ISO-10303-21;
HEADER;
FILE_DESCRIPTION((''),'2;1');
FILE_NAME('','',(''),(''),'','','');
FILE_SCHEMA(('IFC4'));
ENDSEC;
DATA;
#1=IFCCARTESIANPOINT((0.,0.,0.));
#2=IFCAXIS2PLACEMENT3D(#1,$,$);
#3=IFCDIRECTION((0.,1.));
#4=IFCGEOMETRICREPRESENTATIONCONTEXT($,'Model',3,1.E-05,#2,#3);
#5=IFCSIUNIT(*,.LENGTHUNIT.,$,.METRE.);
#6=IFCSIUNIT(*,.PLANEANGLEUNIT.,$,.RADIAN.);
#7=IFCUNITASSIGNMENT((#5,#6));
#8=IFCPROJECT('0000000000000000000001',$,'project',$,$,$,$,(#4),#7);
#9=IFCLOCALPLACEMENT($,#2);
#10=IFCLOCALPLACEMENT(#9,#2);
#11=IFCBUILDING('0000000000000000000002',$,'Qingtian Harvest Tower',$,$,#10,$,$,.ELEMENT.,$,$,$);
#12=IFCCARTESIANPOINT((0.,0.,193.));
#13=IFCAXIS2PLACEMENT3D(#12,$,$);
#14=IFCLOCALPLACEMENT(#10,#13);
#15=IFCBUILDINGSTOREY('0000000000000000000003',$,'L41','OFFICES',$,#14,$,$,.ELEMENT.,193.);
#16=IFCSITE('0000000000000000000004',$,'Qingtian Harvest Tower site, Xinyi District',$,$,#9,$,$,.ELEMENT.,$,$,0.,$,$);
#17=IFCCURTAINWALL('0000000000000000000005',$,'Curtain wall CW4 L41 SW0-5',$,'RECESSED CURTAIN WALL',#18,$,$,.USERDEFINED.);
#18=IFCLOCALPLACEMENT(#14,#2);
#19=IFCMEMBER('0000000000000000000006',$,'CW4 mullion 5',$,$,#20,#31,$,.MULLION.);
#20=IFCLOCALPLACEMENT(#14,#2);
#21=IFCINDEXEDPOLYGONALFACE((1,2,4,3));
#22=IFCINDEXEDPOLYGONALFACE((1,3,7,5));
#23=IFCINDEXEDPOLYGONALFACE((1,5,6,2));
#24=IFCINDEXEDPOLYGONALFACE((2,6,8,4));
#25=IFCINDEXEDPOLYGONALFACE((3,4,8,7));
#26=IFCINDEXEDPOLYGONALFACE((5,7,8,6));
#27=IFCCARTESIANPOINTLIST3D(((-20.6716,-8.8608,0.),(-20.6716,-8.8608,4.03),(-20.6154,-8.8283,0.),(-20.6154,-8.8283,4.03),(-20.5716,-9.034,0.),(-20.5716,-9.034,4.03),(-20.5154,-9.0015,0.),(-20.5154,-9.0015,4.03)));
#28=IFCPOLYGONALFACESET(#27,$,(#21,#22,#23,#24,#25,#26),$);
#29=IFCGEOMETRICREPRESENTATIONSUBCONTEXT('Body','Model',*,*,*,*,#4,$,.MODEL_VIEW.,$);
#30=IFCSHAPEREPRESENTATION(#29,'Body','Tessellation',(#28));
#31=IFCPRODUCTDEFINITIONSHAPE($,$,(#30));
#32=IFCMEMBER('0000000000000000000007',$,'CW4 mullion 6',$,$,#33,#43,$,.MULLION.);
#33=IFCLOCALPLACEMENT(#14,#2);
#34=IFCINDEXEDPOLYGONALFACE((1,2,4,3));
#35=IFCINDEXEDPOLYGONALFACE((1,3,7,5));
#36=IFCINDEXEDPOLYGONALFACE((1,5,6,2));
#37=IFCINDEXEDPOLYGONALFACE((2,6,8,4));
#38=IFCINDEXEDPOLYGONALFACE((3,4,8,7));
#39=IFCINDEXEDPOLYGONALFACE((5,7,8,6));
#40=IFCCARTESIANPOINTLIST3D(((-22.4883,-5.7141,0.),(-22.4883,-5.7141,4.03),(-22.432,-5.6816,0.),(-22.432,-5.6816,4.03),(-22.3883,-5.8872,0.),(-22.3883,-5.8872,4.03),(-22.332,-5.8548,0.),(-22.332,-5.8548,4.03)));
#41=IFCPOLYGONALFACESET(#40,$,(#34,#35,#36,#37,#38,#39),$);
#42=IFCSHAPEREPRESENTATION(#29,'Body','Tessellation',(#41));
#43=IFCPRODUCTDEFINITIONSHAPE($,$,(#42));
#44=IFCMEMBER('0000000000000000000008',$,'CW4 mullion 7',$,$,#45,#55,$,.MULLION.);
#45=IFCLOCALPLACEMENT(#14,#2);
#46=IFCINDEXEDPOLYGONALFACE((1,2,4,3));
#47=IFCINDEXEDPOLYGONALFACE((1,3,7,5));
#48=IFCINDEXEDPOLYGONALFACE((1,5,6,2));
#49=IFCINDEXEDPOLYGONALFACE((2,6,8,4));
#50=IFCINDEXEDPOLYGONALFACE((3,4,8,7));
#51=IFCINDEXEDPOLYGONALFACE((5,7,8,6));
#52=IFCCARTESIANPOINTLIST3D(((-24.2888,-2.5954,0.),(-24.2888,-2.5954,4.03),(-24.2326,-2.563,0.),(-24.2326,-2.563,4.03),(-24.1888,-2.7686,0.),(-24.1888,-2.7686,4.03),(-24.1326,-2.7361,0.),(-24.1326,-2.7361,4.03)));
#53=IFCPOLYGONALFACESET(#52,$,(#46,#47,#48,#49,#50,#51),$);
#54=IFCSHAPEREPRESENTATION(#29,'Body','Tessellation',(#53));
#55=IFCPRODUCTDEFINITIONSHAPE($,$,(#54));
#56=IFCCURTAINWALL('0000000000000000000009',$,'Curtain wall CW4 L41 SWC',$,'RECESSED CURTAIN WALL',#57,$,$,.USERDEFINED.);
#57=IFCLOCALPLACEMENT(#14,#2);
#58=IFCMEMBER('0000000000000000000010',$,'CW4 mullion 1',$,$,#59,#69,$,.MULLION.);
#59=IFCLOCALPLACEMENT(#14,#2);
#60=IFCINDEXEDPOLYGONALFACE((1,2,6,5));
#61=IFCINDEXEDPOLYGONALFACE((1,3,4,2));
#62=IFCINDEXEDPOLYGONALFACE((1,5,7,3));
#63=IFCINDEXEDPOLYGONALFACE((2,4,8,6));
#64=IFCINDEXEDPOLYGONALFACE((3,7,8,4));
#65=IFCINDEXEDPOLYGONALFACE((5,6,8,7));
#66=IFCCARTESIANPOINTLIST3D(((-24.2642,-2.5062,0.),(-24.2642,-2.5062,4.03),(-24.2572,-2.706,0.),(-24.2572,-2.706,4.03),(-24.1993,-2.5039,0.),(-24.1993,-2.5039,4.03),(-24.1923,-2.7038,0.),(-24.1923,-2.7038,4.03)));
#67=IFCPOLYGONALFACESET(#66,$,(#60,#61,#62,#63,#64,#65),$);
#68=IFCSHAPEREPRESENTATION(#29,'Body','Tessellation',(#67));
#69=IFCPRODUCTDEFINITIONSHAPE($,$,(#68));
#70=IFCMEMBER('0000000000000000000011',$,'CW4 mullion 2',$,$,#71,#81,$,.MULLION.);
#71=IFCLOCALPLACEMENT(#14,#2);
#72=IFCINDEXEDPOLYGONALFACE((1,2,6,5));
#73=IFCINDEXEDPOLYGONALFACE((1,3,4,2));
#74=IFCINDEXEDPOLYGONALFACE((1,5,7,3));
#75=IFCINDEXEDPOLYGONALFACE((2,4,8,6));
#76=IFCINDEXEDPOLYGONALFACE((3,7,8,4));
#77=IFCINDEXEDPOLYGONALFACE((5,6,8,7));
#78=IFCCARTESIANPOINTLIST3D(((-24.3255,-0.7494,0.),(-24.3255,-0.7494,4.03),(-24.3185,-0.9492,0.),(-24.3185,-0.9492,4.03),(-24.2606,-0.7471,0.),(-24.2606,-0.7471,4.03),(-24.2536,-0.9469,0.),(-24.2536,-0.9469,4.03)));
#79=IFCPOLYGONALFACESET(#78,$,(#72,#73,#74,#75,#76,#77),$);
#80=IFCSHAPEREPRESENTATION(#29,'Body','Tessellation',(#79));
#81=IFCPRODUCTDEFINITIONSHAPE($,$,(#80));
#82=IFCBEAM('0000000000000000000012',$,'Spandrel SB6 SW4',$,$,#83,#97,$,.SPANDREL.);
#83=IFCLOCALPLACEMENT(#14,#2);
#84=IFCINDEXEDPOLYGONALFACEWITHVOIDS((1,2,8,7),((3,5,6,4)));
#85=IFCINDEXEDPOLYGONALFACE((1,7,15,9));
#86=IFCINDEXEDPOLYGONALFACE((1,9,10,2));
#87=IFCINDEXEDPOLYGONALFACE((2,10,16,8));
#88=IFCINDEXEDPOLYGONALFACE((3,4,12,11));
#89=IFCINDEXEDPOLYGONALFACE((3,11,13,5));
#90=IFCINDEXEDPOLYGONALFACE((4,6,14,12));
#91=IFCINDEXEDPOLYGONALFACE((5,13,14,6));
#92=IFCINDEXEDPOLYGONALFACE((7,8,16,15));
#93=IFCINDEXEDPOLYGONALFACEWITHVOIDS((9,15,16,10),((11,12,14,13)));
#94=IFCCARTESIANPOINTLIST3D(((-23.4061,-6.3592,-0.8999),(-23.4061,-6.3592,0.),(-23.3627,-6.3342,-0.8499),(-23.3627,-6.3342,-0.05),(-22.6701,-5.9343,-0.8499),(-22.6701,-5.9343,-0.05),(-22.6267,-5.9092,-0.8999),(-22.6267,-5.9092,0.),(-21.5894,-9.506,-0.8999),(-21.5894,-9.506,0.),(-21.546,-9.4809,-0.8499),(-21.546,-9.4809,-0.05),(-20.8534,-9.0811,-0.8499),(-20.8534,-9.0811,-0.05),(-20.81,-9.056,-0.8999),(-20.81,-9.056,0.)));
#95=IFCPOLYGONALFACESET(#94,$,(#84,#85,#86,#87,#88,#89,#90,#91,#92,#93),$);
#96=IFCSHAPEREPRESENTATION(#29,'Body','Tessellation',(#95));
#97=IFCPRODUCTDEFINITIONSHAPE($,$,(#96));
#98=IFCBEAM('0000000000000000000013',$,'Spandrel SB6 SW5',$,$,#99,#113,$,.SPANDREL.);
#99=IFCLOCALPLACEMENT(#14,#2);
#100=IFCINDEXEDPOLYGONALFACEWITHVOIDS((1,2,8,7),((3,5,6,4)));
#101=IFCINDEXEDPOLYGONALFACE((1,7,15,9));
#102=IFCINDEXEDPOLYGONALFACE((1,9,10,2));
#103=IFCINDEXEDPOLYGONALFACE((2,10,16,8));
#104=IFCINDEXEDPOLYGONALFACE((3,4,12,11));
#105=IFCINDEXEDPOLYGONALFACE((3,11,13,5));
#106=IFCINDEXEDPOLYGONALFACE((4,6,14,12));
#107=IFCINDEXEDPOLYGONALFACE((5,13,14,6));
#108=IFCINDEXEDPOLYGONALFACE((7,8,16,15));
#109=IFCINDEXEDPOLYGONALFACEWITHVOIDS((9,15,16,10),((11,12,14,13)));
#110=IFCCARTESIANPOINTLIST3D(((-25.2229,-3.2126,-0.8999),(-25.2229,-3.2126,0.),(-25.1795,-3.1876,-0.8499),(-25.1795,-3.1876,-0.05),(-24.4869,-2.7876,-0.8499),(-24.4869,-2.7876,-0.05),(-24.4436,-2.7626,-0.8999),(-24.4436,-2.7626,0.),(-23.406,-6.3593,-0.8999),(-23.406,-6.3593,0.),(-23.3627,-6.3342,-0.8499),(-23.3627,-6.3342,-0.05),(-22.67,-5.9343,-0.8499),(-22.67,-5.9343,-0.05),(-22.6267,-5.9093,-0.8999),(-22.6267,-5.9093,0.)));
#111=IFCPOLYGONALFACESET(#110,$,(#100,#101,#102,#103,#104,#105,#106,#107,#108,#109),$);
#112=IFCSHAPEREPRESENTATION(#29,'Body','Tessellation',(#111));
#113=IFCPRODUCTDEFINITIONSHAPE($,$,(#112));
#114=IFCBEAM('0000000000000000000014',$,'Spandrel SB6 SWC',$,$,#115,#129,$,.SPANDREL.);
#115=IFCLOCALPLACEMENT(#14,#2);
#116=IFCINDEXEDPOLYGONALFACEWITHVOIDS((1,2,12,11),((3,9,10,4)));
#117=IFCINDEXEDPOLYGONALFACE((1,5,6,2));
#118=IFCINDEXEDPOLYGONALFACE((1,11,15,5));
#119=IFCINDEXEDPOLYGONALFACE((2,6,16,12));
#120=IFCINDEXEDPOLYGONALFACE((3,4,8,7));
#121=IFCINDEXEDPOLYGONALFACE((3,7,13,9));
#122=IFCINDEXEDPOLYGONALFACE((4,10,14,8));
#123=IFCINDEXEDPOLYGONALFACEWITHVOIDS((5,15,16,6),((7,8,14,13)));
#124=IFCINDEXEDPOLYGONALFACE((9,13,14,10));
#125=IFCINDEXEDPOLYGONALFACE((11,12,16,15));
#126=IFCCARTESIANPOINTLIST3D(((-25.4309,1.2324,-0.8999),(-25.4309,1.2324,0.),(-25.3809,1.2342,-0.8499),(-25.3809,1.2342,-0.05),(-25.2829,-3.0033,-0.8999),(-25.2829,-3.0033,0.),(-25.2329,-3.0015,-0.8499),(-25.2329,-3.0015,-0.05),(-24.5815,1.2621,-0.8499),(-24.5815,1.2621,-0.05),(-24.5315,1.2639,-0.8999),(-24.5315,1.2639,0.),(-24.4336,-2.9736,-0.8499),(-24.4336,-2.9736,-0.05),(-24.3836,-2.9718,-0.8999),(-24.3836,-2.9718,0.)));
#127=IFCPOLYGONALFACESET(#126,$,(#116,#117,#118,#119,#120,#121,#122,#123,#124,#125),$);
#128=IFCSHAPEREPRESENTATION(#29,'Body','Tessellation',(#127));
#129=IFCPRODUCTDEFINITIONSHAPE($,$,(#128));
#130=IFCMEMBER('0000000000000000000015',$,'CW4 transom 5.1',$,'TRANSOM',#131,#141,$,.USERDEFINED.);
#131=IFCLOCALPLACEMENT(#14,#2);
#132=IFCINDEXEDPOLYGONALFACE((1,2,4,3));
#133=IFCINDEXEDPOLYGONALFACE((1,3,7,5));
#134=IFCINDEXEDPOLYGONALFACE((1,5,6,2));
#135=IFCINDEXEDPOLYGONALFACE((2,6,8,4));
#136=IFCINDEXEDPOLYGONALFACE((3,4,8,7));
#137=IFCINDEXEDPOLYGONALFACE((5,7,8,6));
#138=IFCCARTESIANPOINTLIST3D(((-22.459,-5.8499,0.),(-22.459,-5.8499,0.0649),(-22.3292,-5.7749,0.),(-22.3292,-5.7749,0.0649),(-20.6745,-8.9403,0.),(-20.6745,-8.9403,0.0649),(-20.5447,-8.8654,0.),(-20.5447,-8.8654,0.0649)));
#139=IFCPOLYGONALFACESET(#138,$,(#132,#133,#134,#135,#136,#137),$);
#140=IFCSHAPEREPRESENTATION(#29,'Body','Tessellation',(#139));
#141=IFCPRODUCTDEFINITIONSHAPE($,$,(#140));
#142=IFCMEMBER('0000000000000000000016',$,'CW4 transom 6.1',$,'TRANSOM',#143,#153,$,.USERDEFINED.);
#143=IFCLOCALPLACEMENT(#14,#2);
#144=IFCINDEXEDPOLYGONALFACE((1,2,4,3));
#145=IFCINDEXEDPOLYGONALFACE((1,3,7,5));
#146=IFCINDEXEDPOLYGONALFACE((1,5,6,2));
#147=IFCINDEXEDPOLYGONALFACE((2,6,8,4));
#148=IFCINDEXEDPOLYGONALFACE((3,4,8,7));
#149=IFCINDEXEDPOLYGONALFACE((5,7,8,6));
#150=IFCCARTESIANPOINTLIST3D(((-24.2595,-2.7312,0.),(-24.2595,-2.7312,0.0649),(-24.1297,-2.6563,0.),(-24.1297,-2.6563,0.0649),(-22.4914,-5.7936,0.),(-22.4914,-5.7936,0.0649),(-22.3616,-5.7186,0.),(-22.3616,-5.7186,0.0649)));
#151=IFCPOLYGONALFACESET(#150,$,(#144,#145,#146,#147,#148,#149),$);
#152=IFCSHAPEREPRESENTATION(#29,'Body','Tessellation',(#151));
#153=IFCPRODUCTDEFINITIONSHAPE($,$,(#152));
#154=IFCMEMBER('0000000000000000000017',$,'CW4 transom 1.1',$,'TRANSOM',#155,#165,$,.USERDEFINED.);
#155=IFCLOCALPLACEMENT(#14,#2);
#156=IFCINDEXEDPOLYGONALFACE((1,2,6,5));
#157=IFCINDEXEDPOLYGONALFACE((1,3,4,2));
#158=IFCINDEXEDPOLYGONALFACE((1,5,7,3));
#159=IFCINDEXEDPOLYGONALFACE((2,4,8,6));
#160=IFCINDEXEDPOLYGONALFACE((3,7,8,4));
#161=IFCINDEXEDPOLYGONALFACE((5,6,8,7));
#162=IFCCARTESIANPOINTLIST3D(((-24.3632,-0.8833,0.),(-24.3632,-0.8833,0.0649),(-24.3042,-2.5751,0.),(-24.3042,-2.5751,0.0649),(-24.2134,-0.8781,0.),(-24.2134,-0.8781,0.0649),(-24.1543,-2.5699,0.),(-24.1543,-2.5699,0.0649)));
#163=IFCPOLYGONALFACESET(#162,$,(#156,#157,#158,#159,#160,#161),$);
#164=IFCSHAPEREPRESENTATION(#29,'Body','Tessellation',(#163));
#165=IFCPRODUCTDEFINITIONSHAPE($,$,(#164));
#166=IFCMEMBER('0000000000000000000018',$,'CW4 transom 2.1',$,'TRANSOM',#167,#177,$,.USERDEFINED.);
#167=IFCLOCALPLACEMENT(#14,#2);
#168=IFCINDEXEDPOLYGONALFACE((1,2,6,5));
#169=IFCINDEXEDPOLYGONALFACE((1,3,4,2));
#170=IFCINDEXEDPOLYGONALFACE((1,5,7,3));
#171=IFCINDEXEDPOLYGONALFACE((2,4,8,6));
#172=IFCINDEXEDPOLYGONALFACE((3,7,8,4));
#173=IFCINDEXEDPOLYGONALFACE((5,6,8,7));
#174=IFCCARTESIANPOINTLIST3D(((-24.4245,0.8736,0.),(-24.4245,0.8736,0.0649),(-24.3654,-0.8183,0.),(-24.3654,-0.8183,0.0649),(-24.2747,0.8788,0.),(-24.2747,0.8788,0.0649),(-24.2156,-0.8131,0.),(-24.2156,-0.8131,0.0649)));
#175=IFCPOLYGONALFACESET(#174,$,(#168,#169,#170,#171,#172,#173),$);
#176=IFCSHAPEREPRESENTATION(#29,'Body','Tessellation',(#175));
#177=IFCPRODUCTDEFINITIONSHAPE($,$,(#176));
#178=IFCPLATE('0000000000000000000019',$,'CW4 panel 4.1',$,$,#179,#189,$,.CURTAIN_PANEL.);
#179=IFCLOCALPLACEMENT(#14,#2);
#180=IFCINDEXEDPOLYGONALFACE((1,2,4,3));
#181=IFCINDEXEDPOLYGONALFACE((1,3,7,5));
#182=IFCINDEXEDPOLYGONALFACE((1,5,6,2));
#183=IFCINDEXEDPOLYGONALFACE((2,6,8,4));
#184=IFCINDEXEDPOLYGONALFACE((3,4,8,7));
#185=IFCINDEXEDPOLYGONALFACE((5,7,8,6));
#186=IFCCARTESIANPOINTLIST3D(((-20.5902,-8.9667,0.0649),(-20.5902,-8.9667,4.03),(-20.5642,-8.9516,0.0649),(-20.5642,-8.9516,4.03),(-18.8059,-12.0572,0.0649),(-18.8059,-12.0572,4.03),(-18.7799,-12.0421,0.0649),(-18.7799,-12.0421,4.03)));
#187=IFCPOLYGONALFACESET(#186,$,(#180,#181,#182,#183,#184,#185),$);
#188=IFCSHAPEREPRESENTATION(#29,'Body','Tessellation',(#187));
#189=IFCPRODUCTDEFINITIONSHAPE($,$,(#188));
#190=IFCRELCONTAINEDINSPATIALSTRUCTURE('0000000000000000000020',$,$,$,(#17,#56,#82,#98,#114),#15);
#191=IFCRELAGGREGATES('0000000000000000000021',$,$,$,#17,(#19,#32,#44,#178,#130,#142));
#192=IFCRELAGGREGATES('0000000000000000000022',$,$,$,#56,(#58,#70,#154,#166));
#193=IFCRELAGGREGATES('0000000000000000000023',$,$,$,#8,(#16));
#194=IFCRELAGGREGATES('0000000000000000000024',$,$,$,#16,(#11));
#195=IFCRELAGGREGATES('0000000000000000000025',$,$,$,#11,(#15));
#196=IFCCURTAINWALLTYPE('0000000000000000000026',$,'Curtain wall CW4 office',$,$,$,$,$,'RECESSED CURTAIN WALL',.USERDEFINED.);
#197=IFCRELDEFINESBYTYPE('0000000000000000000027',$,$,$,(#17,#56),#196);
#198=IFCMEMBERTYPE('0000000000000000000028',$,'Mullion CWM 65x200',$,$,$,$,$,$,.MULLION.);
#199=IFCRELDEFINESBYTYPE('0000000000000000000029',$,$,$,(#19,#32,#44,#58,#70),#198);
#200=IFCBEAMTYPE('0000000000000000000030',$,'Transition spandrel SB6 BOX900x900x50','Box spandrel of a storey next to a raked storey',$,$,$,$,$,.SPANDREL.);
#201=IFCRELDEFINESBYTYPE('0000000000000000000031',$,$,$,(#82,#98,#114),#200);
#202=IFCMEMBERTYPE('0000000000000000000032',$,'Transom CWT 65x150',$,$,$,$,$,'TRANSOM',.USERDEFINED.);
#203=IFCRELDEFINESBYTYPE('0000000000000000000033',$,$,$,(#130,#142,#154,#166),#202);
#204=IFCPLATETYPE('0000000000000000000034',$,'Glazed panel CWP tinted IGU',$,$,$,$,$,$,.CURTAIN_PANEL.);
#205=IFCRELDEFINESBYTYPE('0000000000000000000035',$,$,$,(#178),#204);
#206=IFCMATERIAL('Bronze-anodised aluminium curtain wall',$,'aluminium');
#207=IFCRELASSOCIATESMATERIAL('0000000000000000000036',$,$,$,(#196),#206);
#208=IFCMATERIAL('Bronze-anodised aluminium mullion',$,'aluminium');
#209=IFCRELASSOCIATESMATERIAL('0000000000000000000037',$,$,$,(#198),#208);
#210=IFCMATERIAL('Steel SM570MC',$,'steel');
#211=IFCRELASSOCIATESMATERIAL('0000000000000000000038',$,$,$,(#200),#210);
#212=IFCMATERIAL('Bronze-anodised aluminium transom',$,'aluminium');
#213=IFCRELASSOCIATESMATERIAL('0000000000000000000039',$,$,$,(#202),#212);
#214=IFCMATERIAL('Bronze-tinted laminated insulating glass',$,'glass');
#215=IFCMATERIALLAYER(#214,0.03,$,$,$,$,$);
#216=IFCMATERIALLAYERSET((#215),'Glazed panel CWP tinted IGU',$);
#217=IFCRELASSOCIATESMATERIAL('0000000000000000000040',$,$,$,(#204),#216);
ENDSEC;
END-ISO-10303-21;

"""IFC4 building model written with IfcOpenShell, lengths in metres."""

from ifc_helpers import new_model, si_unit, direction, frame, origin, origin_2d, place, context, subcontext, project, spatial, rectangle, hollow_rectangle, extrude, material, layer, layer_set, material_profile, profile_set, type_object, element, aggregate, save


model = new_model("IFC4")

# Units and contexts
model_context = context("Model", 3, precision=1e-05, world=origin(), true_north=direction((0.0, 1.0)))
body_context = subcontext(model_context, "Body", "Model", "MODEL_VIEW")
ifc_project = project(units=[si_unit("LENGTHUNIT", "METRE"), si_unit("PLANEANGLEUNIT", "RADIAN")], contexts=[model_context])

# Site, building, storey
site_placement = place(None, origin())
site = spatial("IfcSite", under=ifc_project, at=site_placement, Name="Qingtian Harvest Tower site, Xinyi District", CompositionType="ELEMENT", RefElevation=0.0)
building_placement = place(site_placement, origin())
building = spatial("IfcBuilding", under=site, at=building_placement, Name="Qingtian Harvest Tower", CompositionType="ELEMENT")
storey_placement = place(building_placement, frame((0.0, 0.0, 193.0)))
storey = spatial("IfcBuildingStorey", under=building, at=storey_placement, Name="L41", Description="OFFICES", CompositionType="ELEMENT", Elevation=193.0)

# Curtain walls, members
ifc_material_1 = material(Name="Bronze-anodised aluminium curtain wall", Category="aluminium")
curtain_wall_type = type_object("IfcCurtainWallType", Name="Curtain wall CW4 office", ElementType="RECESSED CURTAIN WALL", PredefinedType="USERDEFINED", material=ifc_material_1)
curtain_wall_1_placement = place(storey_placement, origin())
curtain_wall_1 = element("IfcCurtainWall", 1, at=curtain_wall_1_placement, inside=storey, type_object=curtain_wall_type, Name="Curtain wall CW4 L41 SW0-5", ObjectType="RECESSED CURTAIN WALL", PredefinedType="USERDEFINED")
ifc_material_2 = material(Name="Bronze-anodised aluminium mullion", Category="aluminium")
ifc_material_profile_1 = material_profile(ifc_material_2, rectangle(XDim=0.0649, YDim=0.2, at=origin_2d()), Name="AL 65x200")
ifc_profile_set_1 = profile_set([ifc_material_profile_1], Name="Bronze-anodised aluminium mullion")
member_type_1 = type_object("IfcMemberType", Name="Mullion CWM 65x200", PredefinedType="MULLION", material=ifc_profile_set_1)
member_1_placement = place(storey_placement, frame((-20.5935, -8.9312, 0.0), z_axis=(0.0, 0.0, 1.0), x_axis=(-0.866025, -0.5, 0.0)))
member_1 = element("IfcMember", 2, at=member_1_placement, type_object=member_type_1, Name="CW4 mullion 5", PredefinedType="MULLION", context=body_context, shape_type="SweptSolid", body=[
    extrude(rectangle(XDim=0.0649, YDim=0.2, at=origin_2d()), origin(), (0.0, 0.0, 1.0), 4.03),
])
member_2_placement = place(storey_placement, frame((-22.4102, -5.7844, 0.0), z_axis=(0.0, 0.0, 1.0), x_axis=(-0.866025, -0.5, 0.0)))
member_2 = element("IfcMember", 3, at=member_2_placement, type_object=member_type_1, Name="CW4 mullion 6", PredefinedType="MULLION", context=body_context, shape_type="SweptSolid", body=[
    extrude(rectangle(XDim=0.0649, YDim=0.2, at=origin_2d()), origin(), (0.0, 0.0, 1.0), 4.03),
])
member_3_placement = place(storey_placement, frame((-24.2107, -2.6658, 0.0), z_axis=(0.0, 0.0, 1.0), x_axis=(-0.866025, -0.5, 0.0)))
member_3 = element("IfcMember", 4, at=member_3_placement, type_object=member_type_1, Name="CW4 mullion 7", PredefinedType="MULLION", context=body_context, shape_type="SweptSolid", body=[
    extrude(rectangle(XDim=0.0649, YDim=0.2, at=origin_2d()), origin(), (0.0, 0.0, 1.0), 4.03),
])
curtain_wall_2_placement = place(storey_placement, origin())
curtain_wall_2 = element("IfcCurtainWall", 5, at=curtain_wall_2_placement, inside=storey, type_object=curtain_wall_type, Name="Curtain wall CW4 L41 SWC", ObjectType="RECESSED CURTAIN WALL", PredefinedType="USERDEFINED")
member_4_placement = place(storey_placement, frame((-24.2283, -2.605, 0.0), z_axis=(0.0, 0.0, 1.0), x_axis=(-0.999391, -0.034899, 0.0)))
member_4 = element("IfcMember", 6, at=member_4_placement, type_object=member_type_1, Name="CW4 mullion 1", PredefinedType="MULLION", context=body_context, shape_type="SweptSolid", body=[
    extrude(rectangle(XDim=0.0649, YDim=0.2, at=origin_2d()), origin(), (0.0, 0.0, 1.0), 4.03),
])
member_5_placement = place(storey_placement, frame((-24.2896, -0.8481, 0.0), z_axis=(0.0, 0.0, 1.0), x_axis=(-0.999391, -0.034899, 0.0)))
member_5 = element("IfcMember", 7, at=member_5_placement, type_object=member_type_1, Name="CW4 mullion 2", PredefinedType="MULLION", context=body_context, shape_type="SweptSolid", body=[
    extrude(rectangle(XDim=0.0649, YDim=0.2, at=origin_2d()), origin(), (0.0, 0.0, 1.0), 4.03),
])

# Beams
ifc_material_3 = material(Name="Steel SM570MC", Category="steel")
ifc_material_profile_2 = material_profile(ifc_material_3, hollow_rectangle(XDim=0.8999, YDim=0.8999, WallThickness=0.05, at=origin_2d()), Name="BOX900x900x50")
ifc_profile_set_2 = profile_set([ifc_material_profile_2], Name="Steel SM570MC")
beam_type_1 = type_object("IfcBeamType", Name="Transition spandrel SB6 BOX900x900x50", Description="Box spandrel of a storey next to a raked storey", PredefinedType="SPANDREL", material=ifc_profile_set_2)
for number, where, z_axis, x_axis, name in (
    (8, (-21.1997, -9.281, -0.45), (-0.499976, 0.866039, 0.0), (-0.866039, -0.499976, 0.0), "Spandrel SB6 SW4"),
    (9, (-23.0164, -6.1343, -0.45), (-0.500027, 0.86601, 0.0), (-0.86601, -0.500027, 0.0), "Spandrel SB6 SW5"),
):
    element("IfcBeam", number, at=place(storey_placement, frame(where, z_axis=z_axis, x_axis=x_axis)), inside=storey, type_object=beam_type_1, Name=name, PredefinedType="SPANDREL", context=body_context, shape_type="SweptSolid", body=[
        extrude(hollow_rectangle(XDim=0.8999, YDim=0.8999, WallThickness=0.05, at=origin_2d()), origin(), (0.0, 0.0, 1.0), 3.6335),
    ])
beam_1_placement = place(storey_placement, frame((-24.8333, -2.9875, -0.45), z_axis=(-0.034909, 0.999391, 0.0), x_axis=(-0.999391, -0.034909, 0.0)))
element("IfcBeam", 10, at=beam_1_placement, inside=storey, type_object=beam_type_1, Name="Spandrel SB6 SWC", PredefinedType="SPANDREL", context=body_context, shape_type="SweptSolid", body=[
    extrude(hollow_rectangle(XDim=0.8999, YDim=0.8999, WallThickness=0.05, at=origin_2d()), origin(), (0.0, 0.0, 1.0), 4.2383),
])

# Members
ifc_material_4 = material(Name="Bronze-anodised aluminium transom", Category="aluminium")
ifc_material_profile_3 = material_profile(ifc_material_4, rectangle(XDim=0.1499, YDim=0.0649, at=origin_2d()), Name="AL 65x150")
ifc_profile_set_3 = profile_set([ifc_material_profile_3], Name="Bronze-anodised aluminium transom")
member_type_2 = type_object("IfcMemberType", Name="Transom CWT 65x150", ElementType="TRANSOM", PredefinedType="USERDEFINED", material=ifc_profile_set_3)
member_6_placement = place(storey_placement, frame((-20.6096, -8.9028, 0.0325), z_axis=(-0.500046, 0.865999, 0.0), x_axis=(-0.865999, -0.500046, 0.0)))
member_6 = element("IfcMember", 11, at=member_6_placement, type_object=member_type_2, Name="CW4 transom 5.1", ObjectType="TRANSOM", PredefinedType="USERDEFINED", context=body_context, shape_type="SweptSolid", body=[
    extrude(rectangle(XDim=0.1499, YDim=0.0649, at=origin_2d()), origin(), (0.0, 0.0, 1.0), 3.5686),
])
member_7_placement = place(storey_placement, frame((-22.4265, -5.7561, 0.0325), z_axis=(-0.500015, 0.866017, 0.0), x_axis=(-0.866017, -0.500015, 0.0)))
member_7 = element("IfcMember", 12, at=member_7_placement, type_object=member_type_2, Name="CW4 transom 6.1", ObjectType="TRANSOM", PredefinedType="USERDEFINED", context=body_context, shape_type="SweptSolid", body=[
    extrude(rectangle(XDim=0.1499, YDim=0.0649, at=origin_2d()), origin(), (0.0, 0.0, 1.0), 3.5361),
])
member_8_placement = place(storey_placement, frame((-24.2292, -2.5725, 0.0325), z_axis=(-0.034899, 0.999391, 0.0), x_axis=(-0.999391, -0.034899, 0.0)))
member_8 = element("IfcMember", 13, at=member_8_placement, type_object=member_type_2, Name="CW4 transom 1.1", ObjectType="TRANSOM", PredefinedType="USERDEFINED", context=body_context, shape_type="SweptSolid", body=[
    extrude(rectangle(XDim=0.1499, YDim=0.0649, at=origin_2d()), origin(), (0.0, 0.0, 1.0), 1.6929),
])
member_9_placement = place(storey_placement, frame((-24.2905, -0.8157, 0.0325), z_axis=(-0.034899, 0.999391, 0.0), x_axis=(-0.999391, -0.034899, 0.0)))
member_9 = element("IfcMember", 14, at=member_9_placement, type_object=member_type_2, Name="CW4 transom 2.1", ObjectType="TRANSOM", PredefinedType="USERDEFINED", context=body_context, shape_type="SweptSolid", body=[
    extrude(rectangle(XDim=0.1499, YDim=0.0649, at=origin_2d()), origin(), (0.0, 0.0, 1.0), 1.6929),
])

# Plate
ifc_material_5 = material(Name="Bronze-tinted laminated insulating glass", Category="glass")
ifc_layer_1 = layer(ifc_material_5, 0.03)
ifc_layer_set_1 = layer_set([ifc_layer_1], Name="Glazed panel CWP tinted IGU")
plate_type = type_object("IfcPlateType", Name="Glazed panel CWP tinted IGU", PredefinedType="CURTAIN_PANEL", material=ifc_layer_set_1)
plate_1_placement = place(storey_placement, frame((-19.6851, -10.5044, 0.0649), z_axis=(0.0, 0.0, 1.0), x_axis=(-0.5, 0.866025, 0.0)))
plate_1 = element("IfcPlate", 15, at=plate_1_placement, type_object=plate_type, Name="CW4 panel 4.1", PredefinedType="CURTAIN_PANEL", context=body_context, shape_type="SweptSolid", body=[
    extrude(rectangle(XDim=3.5686, YDim=0.03, at=origin_2d()), origin(), (0.0, 0.0, 1.0), 3.9651),
])
aggregate(curtain_wall_1, [member_1, member_2, member_3, plate_1, member_6, member_7])
aggregate(curtain_wall_2, [member_4, member_5, member_8, member_9])

save(model, "model.ifc")
